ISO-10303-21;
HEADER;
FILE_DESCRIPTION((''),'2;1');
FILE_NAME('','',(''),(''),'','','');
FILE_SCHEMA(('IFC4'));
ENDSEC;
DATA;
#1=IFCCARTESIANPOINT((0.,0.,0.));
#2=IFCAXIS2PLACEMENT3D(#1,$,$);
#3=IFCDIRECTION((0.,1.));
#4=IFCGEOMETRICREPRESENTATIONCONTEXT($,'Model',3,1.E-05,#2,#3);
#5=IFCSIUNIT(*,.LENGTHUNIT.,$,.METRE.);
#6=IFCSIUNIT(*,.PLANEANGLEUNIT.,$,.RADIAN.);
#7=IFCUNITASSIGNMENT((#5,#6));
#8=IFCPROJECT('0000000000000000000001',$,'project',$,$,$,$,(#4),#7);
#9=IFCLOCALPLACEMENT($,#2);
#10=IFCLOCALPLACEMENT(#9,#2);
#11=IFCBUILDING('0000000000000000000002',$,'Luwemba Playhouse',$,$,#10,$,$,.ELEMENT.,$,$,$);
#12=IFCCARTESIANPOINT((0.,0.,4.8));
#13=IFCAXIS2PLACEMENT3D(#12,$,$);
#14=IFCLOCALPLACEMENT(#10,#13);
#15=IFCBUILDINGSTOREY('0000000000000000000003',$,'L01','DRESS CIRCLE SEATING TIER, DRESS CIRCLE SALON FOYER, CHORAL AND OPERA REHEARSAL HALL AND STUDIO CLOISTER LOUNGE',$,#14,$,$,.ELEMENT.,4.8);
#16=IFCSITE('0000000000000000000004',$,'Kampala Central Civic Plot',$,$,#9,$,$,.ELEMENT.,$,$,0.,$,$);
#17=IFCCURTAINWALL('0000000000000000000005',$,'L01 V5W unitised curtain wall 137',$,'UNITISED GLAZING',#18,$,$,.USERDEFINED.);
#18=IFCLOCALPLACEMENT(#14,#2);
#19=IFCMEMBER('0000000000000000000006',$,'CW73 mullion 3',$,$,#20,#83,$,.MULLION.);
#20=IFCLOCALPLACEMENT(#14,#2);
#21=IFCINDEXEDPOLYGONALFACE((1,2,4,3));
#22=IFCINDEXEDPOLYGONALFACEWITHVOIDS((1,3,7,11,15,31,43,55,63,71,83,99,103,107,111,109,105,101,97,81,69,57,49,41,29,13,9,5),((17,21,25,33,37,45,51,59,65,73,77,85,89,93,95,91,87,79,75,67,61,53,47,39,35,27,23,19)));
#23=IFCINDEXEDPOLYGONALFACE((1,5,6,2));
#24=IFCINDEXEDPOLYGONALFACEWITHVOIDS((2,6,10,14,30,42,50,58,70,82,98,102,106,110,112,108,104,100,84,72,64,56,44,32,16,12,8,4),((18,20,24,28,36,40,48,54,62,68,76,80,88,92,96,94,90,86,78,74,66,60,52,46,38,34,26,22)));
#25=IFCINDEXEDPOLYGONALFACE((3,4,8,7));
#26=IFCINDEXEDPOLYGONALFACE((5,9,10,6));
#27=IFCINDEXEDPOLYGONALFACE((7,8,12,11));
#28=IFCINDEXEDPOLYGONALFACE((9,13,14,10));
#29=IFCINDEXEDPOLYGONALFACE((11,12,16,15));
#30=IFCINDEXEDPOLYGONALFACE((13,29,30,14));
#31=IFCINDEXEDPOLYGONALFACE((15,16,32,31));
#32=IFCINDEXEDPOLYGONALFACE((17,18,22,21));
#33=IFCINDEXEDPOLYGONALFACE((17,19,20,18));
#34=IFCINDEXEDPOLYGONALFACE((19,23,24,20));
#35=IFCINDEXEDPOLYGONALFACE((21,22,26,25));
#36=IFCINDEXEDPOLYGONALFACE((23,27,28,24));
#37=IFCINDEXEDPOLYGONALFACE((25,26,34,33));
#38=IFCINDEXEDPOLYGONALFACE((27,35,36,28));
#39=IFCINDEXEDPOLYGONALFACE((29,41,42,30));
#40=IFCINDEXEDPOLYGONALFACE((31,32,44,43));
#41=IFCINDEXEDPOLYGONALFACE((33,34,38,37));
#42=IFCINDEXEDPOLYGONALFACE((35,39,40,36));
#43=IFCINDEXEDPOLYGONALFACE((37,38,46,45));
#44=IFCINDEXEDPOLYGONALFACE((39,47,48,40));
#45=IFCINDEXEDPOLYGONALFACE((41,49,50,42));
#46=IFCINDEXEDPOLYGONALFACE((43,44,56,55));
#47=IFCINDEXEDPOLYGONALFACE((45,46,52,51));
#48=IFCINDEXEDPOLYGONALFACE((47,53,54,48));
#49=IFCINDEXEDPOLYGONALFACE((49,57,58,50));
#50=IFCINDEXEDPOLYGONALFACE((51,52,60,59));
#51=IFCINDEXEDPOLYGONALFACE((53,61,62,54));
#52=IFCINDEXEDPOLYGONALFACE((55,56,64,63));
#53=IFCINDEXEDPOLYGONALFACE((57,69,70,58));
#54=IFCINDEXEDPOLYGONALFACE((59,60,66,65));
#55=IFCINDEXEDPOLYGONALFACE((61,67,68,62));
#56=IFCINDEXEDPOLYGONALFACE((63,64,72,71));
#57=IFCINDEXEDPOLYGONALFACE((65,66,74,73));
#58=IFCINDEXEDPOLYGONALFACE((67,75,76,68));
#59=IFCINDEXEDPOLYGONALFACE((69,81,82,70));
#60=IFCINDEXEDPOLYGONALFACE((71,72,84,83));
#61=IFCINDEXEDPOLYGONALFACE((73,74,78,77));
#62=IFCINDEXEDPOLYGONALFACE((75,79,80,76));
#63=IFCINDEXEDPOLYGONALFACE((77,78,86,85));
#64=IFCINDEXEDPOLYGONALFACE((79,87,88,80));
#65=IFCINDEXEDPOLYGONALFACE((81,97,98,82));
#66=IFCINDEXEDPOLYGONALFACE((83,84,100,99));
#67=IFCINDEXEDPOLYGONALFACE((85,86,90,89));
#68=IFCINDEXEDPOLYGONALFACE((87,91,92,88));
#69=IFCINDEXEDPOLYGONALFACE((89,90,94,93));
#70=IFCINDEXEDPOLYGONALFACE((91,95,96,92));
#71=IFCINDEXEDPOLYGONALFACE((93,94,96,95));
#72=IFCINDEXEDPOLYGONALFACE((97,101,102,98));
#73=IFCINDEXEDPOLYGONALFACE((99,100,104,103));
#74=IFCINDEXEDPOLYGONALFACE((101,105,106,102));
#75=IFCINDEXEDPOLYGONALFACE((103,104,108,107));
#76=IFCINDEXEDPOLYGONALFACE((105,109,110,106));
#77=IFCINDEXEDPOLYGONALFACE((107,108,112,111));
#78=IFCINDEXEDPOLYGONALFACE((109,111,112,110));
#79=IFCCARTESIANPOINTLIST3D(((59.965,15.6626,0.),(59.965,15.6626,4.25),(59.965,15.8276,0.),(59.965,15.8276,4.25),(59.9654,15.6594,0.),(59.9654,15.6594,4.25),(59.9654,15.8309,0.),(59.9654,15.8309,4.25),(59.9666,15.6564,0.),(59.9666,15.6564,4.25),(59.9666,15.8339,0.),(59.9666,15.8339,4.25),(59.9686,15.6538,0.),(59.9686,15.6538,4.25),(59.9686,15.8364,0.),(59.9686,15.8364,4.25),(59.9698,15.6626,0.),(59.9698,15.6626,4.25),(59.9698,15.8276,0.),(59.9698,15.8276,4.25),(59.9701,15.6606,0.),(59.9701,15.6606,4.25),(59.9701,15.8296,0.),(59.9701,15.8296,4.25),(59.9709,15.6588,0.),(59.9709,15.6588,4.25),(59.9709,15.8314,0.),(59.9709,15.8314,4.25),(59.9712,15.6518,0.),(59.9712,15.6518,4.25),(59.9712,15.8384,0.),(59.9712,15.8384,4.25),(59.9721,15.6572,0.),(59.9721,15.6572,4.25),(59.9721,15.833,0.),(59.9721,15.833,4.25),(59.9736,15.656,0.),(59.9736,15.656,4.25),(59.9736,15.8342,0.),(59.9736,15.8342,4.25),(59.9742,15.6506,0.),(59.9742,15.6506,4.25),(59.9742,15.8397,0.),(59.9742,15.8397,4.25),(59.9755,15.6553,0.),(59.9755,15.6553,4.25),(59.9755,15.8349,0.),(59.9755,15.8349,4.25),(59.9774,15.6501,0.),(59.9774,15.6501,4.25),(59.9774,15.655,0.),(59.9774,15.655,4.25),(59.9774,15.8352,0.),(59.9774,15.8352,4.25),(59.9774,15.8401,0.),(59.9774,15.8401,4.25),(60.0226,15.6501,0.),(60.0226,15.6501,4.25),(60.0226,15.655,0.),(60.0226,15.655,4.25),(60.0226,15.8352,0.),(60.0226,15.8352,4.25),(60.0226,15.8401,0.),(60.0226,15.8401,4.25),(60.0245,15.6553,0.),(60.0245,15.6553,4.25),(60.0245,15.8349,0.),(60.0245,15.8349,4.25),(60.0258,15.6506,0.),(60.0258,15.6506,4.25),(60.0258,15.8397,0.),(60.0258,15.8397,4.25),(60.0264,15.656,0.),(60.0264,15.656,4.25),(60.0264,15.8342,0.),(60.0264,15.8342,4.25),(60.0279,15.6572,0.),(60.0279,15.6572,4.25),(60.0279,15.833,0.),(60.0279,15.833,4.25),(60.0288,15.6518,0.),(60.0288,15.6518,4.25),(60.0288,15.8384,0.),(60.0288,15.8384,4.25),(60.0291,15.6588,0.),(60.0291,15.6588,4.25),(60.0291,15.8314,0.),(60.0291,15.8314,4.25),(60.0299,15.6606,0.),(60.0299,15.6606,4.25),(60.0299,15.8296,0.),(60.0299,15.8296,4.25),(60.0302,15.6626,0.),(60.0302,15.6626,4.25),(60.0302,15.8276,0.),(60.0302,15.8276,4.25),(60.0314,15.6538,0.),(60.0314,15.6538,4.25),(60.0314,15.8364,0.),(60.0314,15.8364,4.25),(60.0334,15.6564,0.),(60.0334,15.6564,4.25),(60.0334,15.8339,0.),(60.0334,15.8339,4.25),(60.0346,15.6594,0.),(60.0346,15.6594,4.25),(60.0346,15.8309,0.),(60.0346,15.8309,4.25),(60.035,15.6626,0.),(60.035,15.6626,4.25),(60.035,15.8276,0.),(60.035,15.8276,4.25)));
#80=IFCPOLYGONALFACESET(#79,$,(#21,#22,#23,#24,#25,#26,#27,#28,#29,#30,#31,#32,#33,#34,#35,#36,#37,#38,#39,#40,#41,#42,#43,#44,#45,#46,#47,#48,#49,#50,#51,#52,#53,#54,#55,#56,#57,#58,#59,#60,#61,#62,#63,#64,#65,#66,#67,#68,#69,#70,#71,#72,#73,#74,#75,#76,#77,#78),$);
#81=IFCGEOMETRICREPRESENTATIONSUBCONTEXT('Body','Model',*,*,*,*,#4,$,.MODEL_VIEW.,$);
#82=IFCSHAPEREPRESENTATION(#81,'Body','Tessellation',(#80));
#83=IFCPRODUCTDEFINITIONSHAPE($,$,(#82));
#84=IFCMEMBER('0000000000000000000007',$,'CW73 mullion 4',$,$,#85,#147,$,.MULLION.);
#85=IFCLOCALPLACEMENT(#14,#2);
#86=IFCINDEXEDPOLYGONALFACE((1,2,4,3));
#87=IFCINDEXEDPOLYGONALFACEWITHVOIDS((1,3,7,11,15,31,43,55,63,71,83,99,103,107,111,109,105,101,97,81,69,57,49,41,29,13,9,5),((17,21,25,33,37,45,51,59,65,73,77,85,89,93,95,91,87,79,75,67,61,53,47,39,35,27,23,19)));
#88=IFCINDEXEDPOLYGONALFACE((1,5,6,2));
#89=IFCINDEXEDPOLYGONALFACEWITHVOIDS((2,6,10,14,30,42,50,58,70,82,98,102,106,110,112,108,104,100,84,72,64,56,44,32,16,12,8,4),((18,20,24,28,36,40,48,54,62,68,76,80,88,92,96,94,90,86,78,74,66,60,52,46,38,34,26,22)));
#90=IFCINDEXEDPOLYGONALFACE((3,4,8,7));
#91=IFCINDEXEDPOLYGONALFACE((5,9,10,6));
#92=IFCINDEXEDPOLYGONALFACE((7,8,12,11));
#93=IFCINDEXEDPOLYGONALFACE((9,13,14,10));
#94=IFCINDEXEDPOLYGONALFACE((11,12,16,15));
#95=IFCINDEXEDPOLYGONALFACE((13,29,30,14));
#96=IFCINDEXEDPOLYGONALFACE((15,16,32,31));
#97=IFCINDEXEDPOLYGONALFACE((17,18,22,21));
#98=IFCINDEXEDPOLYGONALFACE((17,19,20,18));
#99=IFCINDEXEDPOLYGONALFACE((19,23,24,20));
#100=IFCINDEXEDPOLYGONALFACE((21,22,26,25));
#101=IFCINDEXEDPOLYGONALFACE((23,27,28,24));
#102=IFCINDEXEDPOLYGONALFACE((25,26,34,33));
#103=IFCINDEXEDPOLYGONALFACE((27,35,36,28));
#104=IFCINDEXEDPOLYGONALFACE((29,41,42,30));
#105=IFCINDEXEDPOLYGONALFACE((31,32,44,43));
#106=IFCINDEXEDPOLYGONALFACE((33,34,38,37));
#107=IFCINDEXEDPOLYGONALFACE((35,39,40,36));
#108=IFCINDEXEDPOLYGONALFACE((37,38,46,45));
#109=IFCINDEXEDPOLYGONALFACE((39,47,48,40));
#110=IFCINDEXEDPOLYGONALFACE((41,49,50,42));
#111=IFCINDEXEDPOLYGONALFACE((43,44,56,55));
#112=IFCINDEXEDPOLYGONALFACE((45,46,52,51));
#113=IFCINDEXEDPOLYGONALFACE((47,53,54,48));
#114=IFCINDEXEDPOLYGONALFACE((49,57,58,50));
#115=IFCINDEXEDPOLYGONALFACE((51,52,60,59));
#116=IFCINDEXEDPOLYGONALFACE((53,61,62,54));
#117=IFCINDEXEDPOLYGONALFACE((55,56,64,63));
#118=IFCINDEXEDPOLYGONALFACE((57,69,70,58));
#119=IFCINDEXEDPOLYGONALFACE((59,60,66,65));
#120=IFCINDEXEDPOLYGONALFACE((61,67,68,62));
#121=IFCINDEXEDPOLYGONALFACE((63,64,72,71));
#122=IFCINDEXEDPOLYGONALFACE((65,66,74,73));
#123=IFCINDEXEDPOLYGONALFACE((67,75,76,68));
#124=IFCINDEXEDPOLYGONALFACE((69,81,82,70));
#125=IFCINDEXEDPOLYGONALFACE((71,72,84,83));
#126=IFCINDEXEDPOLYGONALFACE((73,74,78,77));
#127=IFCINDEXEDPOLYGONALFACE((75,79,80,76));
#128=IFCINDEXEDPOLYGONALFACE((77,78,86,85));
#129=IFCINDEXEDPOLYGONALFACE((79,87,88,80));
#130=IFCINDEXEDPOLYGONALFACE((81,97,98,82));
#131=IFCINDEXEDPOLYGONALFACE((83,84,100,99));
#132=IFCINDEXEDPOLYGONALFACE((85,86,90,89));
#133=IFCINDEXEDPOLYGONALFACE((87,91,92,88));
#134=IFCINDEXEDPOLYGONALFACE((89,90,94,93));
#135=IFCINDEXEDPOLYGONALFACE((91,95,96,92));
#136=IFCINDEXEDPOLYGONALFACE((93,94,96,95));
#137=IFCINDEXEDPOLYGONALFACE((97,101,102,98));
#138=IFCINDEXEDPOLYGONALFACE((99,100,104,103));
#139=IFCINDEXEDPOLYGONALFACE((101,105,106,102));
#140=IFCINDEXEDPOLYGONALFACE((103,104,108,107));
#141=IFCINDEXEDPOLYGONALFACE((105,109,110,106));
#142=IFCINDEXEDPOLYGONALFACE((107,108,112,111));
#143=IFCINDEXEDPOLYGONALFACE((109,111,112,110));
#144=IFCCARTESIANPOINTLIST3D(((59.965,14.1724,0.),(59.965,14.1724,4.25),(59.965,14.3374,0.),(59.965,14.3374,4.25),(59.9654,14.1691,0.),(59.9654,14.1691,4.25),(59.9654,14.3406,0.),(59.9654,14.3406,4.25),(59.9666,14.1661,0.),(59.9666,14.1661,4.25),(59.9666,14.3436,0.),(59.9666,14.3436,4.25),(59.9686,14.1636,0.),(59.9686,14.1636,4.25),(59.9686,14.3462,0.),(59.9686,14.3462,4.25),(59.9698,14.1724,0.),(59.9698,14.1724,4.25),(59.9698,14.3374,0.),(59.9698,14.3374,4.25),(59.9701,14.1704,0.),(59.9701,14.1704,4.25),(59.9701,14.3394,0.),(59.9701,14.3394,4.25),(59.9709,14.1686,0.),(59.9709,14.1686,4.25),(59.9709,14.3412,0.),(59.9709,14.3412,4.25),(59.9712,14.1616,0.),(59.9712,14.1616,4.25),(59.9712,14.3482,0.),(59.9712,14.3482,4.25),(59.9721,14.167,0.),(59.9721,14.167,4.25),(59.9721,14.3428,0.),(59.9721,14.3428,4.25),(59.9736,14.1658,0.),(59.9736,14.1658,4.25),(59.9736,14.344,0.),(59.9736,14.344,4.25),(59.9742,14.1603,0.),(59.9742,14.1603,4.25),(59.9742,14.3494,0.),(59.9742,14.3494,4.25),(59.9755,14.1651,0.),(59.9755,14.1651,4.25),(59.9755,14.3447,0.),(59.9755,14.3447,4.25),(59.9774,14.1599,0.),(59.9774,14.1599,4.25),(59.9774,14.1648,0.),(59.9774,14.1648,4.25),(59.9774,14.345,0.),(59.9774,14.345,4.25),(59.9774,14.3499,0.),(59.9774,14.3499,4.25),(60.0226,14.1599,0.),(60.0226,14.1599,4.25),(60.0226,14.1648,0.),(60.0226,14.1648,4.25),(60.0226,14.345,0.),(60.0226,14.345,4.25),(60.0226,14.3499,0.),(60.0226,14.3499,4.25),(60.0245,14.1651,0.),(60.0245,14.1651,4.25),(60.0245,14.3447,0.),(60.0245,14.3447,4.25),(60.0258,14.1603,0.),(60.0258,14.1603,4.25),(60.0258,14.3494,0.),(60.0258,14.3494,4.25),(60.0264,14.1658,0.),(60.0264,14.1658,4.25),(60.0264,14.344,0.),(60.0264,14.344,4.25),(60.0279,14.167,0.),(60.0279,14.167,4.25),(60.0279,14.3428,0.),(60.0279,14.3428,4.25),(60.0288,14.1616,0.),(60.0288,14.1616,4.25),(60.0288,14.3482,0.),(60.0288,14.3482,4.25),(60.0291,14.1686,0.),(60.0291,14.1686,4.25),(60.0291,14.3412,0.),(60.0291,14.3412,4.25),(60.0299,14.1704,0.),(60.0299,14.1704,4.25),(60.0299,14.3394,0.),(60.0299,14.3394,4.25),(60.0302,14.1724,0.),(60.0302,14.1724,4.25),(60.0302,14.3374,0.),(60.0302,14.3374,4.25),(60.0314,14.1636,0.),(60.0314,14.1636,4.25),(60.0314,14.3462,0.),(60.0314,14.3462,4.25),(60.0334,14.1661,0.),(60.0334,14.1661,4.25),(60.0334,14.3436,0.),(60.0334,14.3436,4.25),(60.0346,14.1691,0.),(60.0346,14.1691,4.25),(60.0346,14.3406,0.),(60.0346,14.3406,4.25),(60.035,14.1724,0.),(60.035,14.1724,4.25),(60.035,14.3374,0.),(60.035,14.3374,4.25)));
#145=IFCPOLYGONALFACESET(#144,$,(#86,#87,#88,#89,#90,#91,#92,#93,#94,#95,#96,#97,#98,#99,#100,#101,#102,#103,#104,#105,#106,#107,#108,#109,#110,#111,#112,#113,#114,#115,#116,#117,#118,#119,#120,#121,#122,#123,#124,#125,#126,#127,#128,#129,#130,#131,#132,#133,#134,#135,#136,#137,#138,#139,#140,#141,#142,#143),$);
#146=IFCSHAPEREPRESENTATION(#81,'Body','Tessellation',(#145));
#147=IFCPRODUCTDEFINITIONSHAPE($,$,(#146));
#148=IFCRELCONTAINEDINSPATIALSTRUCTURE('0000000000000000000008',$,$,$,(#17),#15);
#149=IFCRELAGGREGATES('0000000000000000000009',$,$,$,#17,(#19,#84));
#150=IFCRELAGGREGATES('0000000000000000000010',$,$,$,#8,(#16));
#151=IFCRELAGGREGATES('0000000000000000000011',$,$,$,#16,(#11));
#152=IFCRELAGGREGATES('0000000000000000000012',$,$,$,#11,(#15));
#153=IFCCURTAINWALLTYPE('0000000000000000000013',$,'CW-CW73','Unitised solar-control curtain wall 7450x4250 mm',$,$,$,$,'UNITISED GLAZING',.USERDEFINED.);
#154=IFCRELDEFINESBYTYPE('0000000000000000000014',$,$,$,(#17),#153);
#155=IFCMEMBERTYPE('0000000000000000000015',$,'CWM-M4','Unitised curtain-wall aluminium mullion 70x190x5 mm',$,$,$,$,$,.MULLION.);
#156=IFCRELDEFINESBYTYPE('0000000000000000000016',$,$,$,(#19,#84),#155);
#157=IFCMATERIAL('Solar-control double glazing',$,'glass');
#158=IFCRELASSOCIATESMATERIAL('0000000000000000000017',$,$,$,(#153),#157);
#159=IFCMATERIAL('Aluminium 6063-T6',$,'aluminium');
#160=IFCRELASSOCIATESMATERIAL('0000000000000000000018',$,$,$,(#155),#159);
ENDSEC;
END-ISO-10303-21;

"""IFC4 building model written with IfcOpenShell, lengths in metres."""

from ifc_helpers import new_model, si_unit, direction, frame, origin, origin_2d, place, context, subcontext, project, spatial, hollow_rectangle, extrude, material, material_profile, profile_set, type_object, element, aggregate, save


model = new_model("IFC4")

# Units and contexts
model_context = context("Model", 3, precision=1e-05, world=origin(), true_north=direction((0.0, 1.0)))
body_context = subcontext(model_context, "Body", "Model", "MODEL_VIEW")
ifc_project = project(units=[si_unit("LENGTHUNIT", "METRE"), si_unit("PLANEANGLEUNIT", "RADIAN")], contexts=[model_context])

# Site, building, storey
site_placement = place(None, origin())
site = spatial("IfcSite", under=ifc_project, at=site_placement, Name="Kampala Central Civic Plot", CompositionType="ELEMENT", RefElevation=0.0)
building_placement = place(site_placement, origin())
building = spatial("IfcBuilding", under=site, at=building_placement, Name="Luwemba Playhouse", CompositionType="ELEMENT")
storey_placement = place(building_placement, frame((0.0, 0.0, 4.8)))
storey = spatial("IfcBuildingStorey", under=building, at=storey_placement, Name="L01", Description="DRESS CIRCLE SEATING TIER, DRESS CIRCLE SALON FOYER, CHORAL AND OPERA REHEARSAL HALL AND STUDIO CLOISTER LOUNGE", CompositionType="ELEMENT", Elevation=4.8)

# Curtain wall, members
ifc_material_1 = material(Name="Solar-control double glazing", Category="glass")
curtain_wall_type = type_object("IfcCurtainWallType", Name="CW-CW73", Description="Unitised solar-control curtain wall 7450x4250 mm", ElementType="UNITISED GLAZING", PredefinedType="USERDEFINED", material=ifc_material_1)
curtain_wall_placement = place(storey_placement, origin())
curtain_wall = element("IfcCurtainWall", 1, at=curtain_wall_placement, inside=storey, type_object=curtain_wall_type, Name="L01 V5W unitised curtain wall 137", ObjectType="UNITISED GLAZING", PredefinedType="USERDEFINED")
ifc_material_2 = material(Name="Aluminium 6063-T6", Category="aluminium")
ifc_material_profile_1 = material_profile(ifc_material_2, hollow_rectangle(XDim=0.0701, YDim=0.1899, WallThickness=0.0049, InnerFilletRadius=0.0076, OuterFilletRadius=0.0125, at=origin_2d()))
ifc_profile_set_1 = profile_set([ifc_material_profile_1], Name="Aluminium 6063-T6")
member_type_1 = type_object("IfcMemberType", Name="CWM-M4", Description="Unitised curtain-wall aluminium mullion 70x190x5 mm", PredefinedType="MULLION", material=ifc_profile_set_1)
member_1_placement = place(storey_placement, frame((60.0, 15.7451, 0.0), z_axis=(0.0, 0.0, 1.0), x_axis=(1.0, 0.0, 0.0)))
member_1 = element("IfcMember", 2, at=member_1_placement, type_object=member_type_1, Name="CW73 mullion 3", PredefinedType="MULLION", context=body_context, shape_type="SweptSolid", body=[
    extrude(hollow_rectangle(XDim=0.0701, YDim=0.1899, WallThickness=0.0049, InnerFilletRadius=0.0076, OuterFilletRadius=0.0125, at=origin_2d()), origin(), (0.0, 0.0, 1.0), 4.25),
])
member_2_placement = place(storey_placement, frame((60.0, 14.2549, 0.0), z_axis=(0.0, 0.0, 1.0), x_axis=(1.0, 0.0, 0.0)))
member_2 = element("IfcMember", 3, at=member_2_placement, type_object=member_type_1, Name="CW73 mullion 4", PredefinedType="MULLION", context=body_context, shape_type="SweptSolid", body=[
    extrude(hollow_rectangle(XDim=0.0701, YDim=0.1899, WallThickness=0.0049, InnerFilletRadius=0.0076, OuterFilletRadius=0.0125, at=origin_2d()), origin(), (0.0, 0.0, 1.0), 4.25),
])
aggregate(curtain_wall, [member_1, member_2])

save(model, "model.ifc")
